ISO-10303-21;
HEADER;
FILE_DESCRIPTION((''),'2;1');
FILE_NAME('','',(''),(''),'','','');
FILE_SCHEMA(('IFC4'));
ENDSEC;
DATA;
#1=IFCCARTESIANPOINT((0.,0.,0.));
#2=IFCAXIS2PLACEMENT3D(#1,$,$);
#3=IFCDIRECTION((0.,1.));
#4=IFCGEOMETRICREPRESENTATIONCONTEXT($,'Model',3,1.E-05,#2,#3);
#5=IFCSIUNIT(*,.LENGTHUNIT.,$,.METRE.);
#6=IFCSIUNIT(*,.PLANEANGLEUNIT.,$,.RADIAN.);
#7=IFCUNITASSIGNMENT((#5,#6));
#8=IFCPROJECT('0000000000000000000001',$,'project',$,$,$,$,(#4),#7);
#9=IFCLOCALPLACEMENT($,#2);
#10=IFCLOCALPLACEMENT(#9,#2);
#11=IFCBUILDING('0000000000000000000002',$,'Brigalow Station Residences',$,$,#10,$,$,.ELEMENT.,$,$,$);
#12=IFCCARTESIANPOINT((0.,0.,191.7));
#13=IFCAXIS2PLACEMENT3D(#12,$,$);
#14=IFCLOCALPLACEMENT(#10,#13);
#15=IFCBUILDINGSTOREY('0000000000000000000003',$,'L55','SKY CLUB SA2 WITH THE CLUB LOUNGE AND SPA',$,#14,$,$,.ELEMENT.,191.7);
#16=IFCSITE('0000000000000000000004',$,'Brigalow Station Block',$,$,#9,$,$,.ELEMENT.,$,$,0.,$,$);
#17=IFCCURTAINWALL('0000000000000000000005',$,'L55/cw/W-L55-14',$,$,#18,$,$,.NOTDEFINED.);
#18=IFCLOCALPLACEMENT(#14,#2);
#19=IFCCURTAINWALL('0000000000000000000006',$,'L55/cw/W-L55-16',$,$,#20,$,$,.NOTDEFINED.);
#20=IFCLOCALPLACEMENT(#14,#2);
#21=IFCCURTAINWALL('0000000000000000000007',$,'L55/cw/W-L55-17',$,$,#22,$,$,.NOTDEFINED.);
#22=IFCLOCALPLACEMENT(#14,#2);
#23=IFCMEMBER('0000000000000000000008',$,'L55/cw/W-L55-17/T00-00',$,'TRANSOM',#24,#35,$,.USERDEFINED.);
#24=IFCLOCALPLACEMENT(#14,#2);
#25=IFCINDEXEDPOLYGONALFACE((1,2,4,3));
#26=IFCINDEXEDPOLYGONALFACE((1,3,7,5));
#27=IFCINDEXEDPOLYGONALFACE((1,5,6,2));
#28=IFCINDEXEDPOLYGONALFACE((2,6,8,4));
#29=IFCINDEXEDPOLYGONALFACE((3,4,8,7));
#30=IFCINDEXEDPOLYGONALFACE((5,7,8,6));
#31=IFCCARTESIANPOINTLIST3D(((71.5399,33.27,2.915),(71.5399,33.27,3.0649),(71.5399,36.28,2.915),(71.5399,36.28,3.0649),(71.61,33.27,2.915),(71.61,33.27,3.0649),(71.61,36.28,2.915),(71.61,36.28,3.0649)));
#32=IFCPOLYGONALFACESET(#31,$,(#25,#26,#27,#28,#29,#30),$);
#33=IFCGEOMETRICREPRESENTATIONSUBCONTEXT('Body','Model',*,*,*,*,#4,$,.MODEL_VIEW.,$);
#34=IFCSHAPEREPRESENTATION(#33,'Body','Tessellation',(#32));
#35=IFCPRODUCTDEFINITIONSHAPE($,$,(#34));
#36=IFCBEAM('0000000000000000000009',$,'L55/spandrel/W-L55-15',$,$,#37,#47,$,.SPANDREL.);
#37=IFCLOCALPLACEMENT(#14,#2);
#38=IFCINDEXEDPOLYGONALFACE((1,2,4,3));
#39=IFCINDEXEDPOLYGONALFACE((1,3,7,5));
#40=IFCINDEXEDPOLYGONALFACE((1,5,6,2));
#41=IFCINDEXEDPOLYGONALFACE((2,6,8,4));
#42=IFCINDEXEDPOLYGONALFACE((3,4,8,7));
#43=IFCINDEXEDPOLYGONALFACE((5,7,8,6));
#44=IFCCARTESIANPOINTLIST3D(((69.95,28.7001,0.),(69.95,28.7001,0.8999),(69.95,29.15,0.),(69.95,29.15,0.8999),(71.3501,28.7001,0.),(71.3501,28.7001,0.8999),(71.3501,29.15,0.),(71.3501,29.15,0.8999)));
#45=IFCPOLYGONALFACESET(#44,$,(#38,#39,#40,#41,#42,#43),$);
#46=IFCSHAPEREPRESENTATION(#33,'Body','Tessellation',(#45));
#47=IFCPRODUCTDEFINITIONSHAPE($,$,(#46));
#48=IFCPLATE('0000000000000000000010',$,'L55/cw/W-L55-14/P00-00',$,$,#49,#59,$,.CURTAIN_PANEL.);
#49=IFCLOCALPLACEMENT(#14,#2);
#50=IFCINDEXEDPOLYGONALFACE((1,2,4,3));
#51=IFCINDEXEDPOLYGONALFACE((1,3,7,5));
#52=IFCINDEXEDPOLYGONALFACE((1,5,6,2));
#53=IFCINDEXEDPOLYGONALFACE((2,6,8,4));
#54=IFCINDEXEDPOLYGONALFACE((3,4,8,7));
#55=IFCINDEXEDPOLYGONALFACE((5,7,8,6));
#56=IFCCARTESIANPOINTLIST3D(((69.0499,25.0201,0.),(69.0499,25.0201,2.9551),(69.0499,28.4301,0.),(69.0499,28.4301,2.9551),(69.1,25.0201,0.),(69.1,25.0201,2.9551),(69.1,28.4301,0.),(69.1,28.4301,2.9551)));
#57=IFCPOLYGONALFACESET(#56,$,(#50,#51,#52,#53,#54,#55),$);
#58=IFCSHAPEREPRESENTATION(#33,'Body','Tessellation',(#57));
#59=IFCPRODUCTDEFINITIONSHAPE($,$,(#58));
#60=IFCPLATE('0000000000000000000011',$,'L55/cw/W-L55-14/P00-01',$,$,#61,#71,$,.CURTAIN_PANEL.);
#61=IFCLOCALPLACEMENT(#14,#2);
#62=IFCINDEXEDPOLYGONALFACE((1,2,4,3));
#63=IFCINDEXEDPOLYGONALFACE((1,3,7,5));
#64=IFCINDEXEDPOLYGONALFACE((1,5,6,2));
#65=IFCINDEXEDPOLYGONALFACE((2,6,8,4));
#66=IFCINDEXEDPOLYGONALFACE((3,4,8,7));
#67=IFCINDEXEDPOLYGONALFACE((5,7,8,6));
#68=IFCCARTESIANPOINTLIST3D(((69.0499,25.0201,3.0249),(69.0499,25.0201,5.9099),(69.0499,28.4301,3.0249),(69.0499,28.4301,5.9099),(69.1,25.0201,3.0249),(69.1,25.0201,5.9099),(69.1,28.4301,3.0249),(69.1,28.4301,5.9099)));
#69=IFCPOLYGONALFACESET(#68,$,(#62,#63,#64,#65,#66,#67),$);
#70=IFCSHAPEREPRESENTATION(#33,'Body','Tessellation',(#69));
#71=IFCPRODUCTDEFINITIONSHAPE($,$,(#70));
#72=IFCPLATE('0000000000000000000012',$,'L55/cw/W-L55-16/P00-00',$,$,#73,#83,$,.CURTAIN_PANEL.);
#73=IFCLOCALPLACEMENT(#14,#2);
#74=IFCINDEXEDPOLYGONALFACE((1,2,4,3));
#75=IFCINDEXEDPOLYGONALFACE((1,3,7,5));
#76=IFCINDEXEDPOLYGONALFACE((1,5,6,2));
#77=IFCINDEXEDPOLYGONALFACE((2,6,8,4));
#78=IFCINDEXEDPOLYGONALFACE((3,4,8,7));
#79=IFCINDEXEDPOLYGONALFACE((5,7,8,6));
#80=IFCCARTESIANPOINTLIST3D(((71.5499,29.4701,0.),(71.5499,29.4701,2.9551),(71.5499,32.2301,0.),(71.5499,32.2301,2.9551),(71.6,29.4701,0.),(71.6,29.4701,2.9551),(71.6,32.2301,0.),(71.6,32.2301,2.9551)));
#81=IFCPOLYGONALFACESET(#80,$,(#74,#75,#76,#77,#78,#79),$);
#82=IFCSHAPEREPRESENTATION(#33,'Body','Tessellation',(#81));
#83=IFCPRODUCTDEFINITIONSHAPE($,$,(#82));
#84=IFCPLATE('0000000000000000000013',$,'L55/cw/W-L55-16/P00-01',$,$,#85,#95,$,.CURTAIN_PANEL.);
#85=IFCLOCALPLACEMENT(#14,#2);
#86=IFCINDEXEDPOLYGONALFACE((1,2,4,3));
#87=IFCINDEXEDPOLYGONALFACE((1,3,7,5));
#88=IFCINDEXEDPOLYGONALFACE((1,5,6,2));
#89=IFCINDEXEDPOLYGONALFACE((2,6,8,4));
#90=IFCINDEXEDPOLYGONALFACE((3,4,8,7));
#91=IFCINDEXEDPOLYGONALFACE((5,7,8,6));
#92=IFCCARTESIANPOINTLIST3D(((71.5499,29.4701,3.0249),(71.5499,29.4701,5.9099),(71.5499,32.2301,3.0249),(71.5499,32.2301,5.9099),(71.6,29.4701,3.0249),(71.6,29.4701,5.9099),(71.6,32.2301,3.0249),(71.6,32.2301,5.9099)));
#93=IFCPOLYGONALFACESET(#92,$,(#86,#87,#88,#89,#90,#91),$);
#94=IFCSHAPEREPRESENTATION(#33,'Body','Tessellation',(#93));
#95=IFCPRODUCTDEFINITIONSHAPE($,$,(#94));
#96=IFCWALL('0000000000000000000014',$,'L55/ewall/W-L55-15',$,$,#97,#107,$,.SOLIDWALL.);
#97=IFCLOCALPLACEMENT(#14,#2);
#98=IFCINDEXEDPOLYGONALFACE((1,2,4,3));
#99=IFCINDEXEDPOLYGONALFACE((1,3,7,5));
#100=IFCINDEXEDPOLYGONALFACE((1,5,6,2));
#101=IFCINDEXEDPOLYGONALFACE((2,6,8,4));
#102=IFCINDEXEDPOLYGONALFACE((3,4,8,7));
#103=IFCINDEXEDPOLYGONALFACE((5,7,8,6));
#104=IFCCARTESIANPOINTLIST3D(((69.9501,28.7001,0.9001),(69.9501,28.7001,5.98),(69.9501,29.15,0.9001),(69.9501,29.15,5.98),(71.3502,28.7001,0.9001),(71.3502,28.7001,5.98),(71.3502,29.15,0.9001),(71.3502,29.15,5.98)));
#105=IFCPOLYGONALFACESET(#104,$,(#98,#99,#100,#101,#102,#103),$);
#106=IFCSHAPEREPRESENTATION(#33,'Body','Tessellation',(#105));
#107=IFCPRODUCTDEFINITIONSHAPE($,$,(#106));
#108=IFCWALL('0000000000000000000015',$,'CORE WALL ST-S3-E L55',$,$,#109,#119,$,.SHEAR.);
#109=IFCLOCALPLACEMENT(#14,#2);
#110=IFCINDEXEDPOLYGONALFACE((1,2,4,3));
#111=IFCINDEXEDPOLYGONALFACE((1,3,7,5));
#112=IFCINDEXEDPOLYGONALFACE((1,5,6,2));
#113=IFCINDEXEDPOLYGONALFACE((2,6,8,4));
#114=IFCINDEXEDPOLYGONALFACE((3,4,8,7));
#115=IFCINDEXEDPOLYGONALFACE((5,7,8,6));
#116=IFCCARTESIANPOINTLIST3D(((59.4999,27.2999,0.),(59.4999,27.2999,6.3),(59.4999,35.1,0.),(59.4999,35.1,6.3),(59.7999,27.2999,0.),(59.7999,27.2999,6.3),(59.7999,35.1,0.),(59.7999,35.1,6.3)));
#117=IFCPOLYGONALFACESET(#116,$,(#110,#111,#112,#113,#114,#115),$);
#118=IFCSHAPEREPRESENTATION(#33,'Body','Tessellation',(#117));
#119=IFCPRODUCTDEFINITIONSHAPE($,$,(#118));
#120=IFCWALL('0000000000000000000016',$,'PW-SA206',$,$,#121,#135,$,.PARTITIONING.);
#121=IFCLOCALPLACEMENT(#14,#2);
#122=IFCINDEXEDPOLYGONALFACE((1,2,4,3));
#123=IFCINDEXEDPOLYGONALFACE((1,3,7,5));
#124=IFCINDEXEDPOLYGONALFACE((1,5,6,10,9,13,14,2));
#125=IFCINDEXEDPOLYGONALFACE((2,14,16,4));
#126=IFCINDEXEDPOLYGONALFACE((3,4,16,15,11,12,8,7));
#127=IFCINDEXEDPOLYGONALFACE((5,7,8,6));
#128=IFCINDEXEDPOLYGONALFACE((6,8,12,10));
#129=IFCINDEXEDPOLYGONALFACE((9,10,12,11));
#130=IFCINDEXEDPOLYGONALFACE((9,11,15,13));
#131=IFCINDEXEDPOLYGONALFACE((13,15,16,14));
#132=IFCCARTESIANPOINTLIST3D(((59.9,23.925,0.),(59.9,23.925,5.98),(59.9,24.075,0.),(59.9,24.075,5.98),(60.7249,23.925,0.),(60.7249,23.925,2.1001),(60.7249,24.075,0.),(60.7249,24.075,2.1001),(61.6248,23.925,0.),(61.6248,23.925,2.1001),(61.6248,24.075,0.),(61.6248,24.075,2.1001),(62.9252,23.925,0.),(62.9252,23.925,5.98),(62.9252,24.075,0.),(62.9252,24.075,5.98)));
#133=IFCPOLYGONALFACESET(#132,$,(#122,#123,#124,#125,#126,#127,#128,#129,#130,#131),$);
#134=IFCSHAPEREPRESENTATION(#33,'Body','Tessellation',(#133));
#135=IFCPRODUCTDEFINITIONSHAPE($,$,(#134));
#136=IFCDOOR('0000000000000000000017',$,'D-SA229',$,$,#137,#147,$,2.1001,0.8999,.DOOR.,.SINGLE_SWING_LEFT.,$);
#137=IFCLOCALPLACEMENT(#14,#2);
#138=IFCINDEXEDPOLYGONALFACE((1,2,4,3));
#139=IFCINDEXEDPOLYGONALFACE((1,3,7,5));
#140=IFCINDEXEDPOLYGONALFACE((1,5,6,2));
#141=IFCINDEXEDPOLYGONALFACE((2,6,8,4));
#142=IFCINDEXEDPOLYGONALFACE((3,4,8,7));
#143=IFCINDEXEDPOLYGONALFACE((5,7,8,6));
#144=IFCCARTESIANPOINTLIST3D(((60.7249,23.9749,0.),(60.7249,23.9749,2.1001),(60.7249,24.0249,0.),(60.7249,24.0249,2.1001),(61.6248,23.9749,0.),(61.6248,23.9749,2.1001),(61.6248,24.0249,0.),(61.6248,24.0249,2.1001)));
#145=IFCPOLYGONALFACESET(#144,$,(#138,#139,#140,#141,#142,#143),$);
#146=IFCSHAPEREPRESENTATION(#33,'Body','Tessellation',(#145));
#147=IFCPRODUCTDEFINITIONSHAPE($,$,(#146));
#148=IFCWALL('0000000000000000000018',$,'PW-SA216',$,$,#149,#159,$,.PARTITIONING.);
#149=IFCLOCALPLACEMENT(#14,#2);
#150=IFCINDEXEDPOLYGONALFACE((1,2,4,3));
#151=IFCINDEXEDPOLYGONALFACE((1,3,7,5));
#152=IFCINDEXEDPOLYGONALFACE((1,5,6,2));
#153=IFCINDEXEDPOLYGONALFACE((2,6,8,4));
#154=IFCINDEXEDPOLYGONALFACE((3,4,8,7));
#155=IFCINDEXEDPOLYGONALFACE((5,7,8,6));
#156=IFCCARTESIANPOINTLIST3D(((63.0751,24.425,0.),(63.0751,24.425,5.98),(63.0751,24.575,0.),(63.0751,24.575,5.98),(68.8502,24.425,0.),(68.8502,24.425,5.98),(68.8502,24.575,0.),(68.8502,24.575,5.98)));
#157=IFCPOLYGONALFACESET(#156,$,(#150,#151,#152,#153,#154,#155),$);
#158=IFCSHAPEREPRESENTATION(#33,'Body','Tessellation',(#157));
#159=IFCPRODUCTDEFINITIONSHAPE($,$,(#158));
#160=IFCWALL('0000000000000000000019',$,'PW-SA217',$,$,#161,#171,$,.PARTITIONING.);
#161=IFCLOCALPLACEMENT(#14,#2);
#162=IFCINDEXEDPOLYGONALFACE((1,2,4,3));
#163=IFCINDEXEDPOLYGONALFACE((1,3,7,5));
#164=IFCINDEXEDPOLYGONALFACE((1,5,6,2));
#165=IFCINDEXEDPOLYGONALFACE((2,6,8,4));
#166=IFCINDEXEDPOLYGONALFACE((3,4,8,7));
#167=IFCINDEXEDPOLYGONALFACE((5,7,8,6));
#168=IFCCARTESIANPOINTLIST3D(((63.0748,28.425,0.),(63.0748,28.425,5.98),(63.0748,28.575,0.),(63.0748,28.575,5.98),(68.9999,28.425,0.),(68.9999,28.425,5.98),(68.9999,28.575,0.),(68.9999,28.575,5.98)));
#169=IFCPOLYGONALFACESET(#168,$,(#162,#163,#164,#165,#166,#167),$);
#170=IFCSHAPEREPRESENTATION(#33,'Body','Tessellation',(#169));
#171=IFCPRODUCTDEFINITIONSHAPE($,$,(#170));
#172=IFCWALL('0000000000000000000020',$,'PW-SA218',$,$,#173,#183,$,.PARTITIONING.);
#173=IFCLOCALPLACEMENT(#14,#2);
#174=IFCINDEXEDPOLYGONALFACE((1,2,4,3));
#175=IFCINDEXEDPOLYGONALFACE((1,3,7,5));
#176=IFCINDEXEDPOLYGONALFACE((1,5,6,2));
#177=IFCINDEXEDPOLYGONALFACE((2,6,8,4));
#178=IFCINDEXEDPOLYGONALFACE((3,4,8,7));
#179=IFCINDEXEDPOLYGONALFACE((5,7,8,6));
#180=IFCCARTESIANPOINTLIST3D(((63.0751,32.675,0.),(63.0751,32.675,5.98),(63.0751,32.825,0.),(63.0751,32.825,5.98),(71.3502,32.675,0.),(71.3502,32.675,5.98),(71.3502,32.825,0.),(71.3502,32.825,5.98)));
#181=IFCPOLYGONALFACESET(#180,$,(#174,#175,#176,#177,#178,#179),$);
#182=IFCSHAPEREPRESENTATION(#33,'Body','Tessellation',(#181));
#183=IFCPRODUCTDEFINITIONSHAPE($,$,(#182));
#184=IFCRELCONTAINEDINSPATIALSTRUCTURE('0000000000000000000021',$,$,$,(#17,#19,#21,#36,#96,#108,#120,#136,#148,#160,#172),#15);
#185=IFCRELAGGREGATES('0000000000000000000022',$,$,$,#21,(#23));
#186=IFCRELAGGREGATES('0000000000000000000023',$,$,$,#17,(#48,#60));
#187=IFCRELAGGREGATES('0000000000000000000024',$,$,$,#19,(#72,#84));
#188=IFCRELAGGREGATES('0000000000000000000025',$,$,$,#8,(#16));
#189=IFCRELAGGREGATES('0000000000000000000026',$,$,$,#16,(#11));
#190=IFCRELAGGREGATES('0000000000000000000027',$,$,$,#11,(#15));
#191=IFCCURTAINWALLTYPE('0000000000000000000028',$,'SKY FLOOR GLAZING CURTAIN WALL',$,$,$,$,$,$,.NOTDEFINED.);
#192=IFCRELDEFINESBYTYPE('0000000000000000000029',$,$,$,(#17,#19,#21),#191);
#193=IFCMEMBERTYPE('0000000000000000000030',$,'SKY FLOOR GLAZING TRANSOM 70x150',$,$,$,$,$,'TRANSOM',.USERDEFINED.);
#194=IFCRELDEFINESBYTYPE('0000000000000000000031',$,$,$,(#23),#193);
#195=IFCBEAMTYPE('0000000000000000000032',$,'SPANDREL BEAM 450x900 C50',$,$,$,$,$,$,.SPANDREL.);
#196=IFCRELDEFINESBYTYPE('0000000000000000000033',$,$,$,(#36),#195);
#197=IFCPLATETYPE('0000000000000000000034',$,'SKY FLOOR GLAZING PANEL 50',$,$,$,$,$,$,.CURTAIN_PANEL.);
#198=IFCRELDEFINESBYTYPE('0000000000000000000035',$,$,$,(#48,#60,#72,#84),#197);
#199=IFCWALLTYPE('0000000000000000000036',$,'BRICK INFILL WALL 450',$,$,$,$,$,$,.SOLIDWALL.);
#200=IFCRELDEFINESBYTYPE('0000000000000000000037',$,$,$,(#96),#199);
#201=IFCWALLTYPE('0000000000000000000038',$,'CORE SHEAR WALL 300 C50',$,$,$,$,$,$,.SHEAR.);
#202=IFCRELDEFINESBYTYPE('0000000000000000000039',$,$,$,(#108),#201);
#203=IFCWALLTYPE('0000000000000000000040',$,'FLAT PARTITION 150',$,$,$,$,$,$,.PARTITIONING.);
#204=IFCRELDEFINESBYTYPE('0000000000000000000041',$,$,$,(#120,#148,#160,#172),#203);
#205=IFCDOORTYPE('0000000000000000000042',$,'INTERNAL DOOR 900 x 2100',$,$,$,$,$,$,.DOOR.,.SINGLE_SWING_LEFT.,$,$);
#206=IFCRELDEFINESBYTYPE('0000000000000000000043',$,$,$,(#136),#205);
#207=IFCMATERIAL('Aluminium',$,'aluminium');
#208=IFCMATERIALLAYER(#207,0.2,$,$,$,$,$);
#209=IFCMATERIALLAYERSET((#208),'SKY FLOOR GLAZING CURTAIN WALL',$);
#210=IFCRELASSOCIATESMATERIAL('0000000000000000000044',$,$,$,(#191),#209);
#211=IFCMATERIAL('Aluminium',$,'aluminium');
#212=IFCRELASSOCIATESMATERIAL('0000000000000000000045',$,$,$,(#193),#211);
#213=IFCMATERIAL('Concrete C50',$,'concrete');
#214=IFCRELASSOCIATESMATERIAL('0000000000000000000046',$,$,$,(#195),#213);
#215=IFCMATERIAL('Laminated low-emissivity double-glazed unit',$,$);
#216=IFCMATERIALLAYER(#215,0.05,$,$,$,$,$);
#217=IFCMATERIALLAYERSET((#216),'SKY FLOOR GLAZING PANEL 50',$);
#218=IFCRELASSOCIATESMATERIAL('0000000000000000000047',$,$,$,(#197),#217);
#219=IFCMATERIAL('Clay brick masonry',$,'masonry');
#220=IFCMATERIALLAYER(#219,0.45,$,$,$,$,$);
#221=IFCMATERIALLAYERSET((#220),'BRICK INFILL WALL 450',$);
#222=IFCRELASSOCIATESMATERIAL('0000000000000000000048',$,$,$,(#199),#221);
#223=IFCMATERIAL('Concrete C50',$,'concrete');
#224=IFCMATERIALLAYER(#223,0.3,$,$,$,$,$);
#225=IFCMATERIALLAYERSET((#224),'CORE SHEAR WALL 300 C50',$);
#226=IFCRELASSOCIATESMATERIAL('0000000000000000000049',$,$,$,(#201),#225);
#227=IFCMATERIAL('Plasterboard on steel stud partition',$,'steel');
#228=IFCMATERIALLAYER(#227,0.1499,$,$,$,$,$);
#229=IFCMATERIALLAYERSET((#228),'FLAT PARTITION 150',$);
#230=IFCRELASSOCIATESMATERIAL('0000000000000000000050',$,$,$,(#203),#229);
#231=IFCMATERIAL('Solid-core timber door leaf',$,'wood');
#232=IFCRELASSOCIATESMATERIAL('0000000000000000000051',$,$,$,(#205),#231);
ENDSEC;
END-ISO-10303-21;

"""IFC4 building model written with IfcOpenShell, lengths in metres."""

from ifc_helpers import new_model, si_unit, direction, frame, frame_2d, origin, origin_2d, place, context, subcontext, project, spatial, rectangle, extrude, material, layer, layer_set, material_profile, profile_set, type_object, element, fill, aggregate, save


model = new_model("IFC4")

# Units and contexts
model_context = context("Model", 3, precision=1e-05, world=origin(), true_north=direction((0.0, 1.0)))
body_context = subcontext(model_context, "Body", "Model", "MODEL_VIEW")
ifc_project = project(units=[si_unit("LENGTHUNIT", "METRE"), si_unit("PLANEANGLEUNIT", "RADIAN")], contexts=[model_context])

# Site, building, storey
site_placement = place(None, origin())
site = spatial("IfcSite", under=ifc_project, at=site_placement, Name="Brigalow Station Block", CompositionType="ELEMENT", RefElevation=0.0)
building_placement = place(site_placement, origin())
building = spatial("IfcBuilding", under=site, at=building_placement, Name="Brigalow Station Residences", CompositionType="ELEMENT")
storey_placement = place(building_placement, frame((0.0, 0.0, 191.7)))
storey = spatial("IfcBuildingStorey", under=building, at=storey_placement, Name="L55", Description="SKY CLUB SA2 WITH THE CLUB LOUNGE AND SPA", CompositionType="ELEMENT", Elevation=191.7)

# Shared definitions
ifc_material_1 = material(Name="Aluminium", Category="aluminium")
ifc_layer_1 = layer(ifc_material_1, 0.2)
ifc_layer_set_1 = layer_set([ifc_layer_1], Name="SKY FLOOR GLAZING CURTAIN WALL")
curtain_wall_type = type_object("IfcCurtainWallType", Name="SKY FLOOR GLAZING CURTAIN WALL", PredefinedType="NOTDEFINED", material=ifc_layer_set_1)

# Curtain walls
curtain_wall_1_placement = place(storey_placement, origin())
curtain_wall_1 = element("IfcCurtainWall", 1, at=curtain_wall_1_placement, inside=storey, type_object=curtain_wall_type, Name="L55/cw/W-L55-14", PredefinedType="NOTDEFINED")
curtain_wall_2_placement = place(storey_placement, origin())
curtain_wall_2 = element("IfcCurtainWall", 2, at=curtain_wall_2_placement, inside=storey, type_object=curtain_wall_type, Name="L55/cw/W-L55-16", PredefinedType="NOTDEFINED")

# Curtain wall
curtain_wall_3_placement = place(storey_placement, origin())
curtain_wall_3 = element("IfcCurtainWall", 3, at=curtain_wall_3_placement, inside=storey, type_object=curtain_wall_type, Name="L55/cw/W-L55-17", PredefinedType="NOTDEFINED")

# Member
ifc_material_2 = material(Name="Aluminium", Category="aluminium")
ifc_material_profile_1 = material_profile(ifc_material_2, rectangle(XDim=0.0701, YDim=0.1499, at=origin_2d()), Name="SKY FLOOR GLAZING TRANSOM 70x150")
ifc_profile_set_1 = profile_set([ifc_material_profile_1], Name="Aluminium")
member_type_1 = type_object("IfcMemberType", Name="SKY FLOOR GLAZING TRANSOM 70x150", ElementType="TRANSOM", PredefinedType="USERDEFINED", material=ifc_profile_set_1)
member_1_placement = place(storey_placement, frame((71.575, 33.27, 2.99), z_axis=(0.0, 1.0, 0.0), x_axis=(-1.0, 0.0, 0.0)))
member_1 = element("IfcMember", 4, at=member_1_placement, type_object=member_type_1, Name="L55/cw/W-L55-17/T00-00", ObjectType="TRANSOM", PredefinedType="USERDEFINED", context=body_context, shape_type="SweptSolid", body=[
    extrude(rectangle(XDim=0.0701, YDim=0.1499, at=origin_2d()), origin(), (0.0, 0.0, 1.0), 3.01),
])
aggregate(curtain_wall_3, [member_1])

# Beam
ifc_material_3 = material(Name="Concrete C50", Category="concrete")
ifc_material_profile_2 = material_profile(ifc_material_3, rectangle(XDim=0.45, YDim=0.8999, at=origin_2d()), Name="RC450x900")
ifc_profile_set_2 = profile_set([ifc_material_profile_2], Name="Concrete C50")
beam_type = type_object("IfcBeamType", Name="SPANDREL BEAM 450x900 C50", PredefinedType="SPANDREL", material=ifc_profile_set_2)
beam_placement = place(storey_placement, frame((69.95, 28.925, 0.45), z_axis=(1.0, 0.0, 0.0), x_axis=(0.0, 1.0, 0.0)))
element("IfcBeam", 5, at=beam_placement, inside=storey, type_object=beam_type, Name="L55/spandrel/W-L55-15", PredefinedType="SPANDREL", context=body_context, shape_type="SweptSolid", body=[
    extrude(rectangle(XDim=0.45, YDim=0.8999, at=origin_2d()), origin(), (0.0, 0.0, 1.0), 1.4001),
])

# Plates
ifc_material_4 = material(Name="Laminated low-emissivity double-glazed unit")
ifc_layer_2 = layer(ifc_material_4, 0.05)
ifc_layer_set_2 = layer_set([ifc_layer_2], Name="SKY FLOOR GLAZING PANEL 50")
plate_type = type_object("IfcPlateType", Name="SKY FLOOR GLAZING PANEL 50", PredefinedType="CURTAIN_PANEL", material=ifc_layer_set_2)
plate_1_placement = place(storey_placement, frame((69.075, 26.7251, 0.0), z_axis=(0.0, 0.0, 1.0), x_axis=(0.0, 1.0, 0.0)))
plate_1 = element("IfcPlate", 6, at=plate_1_placement, type_object=plate_type, Name="L55/cw/W-L55-14/P00-00", PredefinedType="CURTAIN_PANEL", context=body_context, shape_type="SweptSolid", body=[
    extrude(rectangle(XDim=3.4099, YDim=0.05, at=origin_2d()), origin(), (0.0, 0.0, 1.0), 2.9551),
])
plate_2_placement = place(storey_placement, frame((69.075, 26.7251, 3.0249), z_axis=(0.0, 0.0, 1.0), x_axis=(0.0, 1.0, 0.0)))
plate_2 = element("IfcPlate", 7, at=plate_2_placement, type_object=plate_type, Name="L55/cw/W-L55-14/P00-01", PredefinedType="CURTAIN_PANEL", context=body_context, shape_type="SweptSolid", body=[
    extrude(rectangle(XDim=3.4099, YDim=0.05, at=origin_2d()), origin(), (0.0, 0.0, 1.0), 2.885),
])
aggregate(curtain_wall_1, [plate_1, plate_2])
plate_3_placement = place(storey_placement, frame((71.575, 30.8501, 0.0), z_axis=(0.0, 0.0, 1.0), x_axis=(0.0, 1.0, 0.0)))
plate_3 = element("IfcPlate", 8, at=plate_3_placement, type_object=plate_type, Name="L55/cw/W-L55-16/P00-00", PredefinedType="CURTAIN_PANEL", context=body_context, shape_type="SweptSolid", body=[
    extrude(rectangle(XDim=2.76, YDim=0.05, at=origin_2d()), origin(), (0.0, 0.0, 1.0), 2.9551),
])
plate_4_placement = place(storey_placement, frame((71.575, 30.8501, 3.0249), z_axis=(0.0, 0.0, 1.0), x_axis=(0.0, 1.0, 0.0)))
plate_4 = element("IfcPlate", 9, at=plate_4_placement, type_object=plate_type, Name="L55/cw/W-L55-16/P00-01", PredefinedType="CURTAIN_PANEL", context=body_context, shape_type="SweptSolid", body=[
    extrude(rectangle(XDim=2.76, YDim=0.05, at=origin_2d()), origin(), (0.0, 0.0, 1.0), 2.885),
])
aggregate(curtain_wall_2, [plate_3, plate_4])

# Walls
ifc_material_5 = material(Name="Clay brick masonry", Category="masonry")
ifc_layer_3 = layer(ifc_material_5, 0.45)
ifc_layer_set_3 = layer_set([ifc_layer_3], Name="BRICK INFILL WALL 450")
wall_type_1 = type_object("IfcWallType", Name="BRICK INFILL WALL 450", PredefinedType="SOLIDWALL", material=ifc_layer_set_3)
wall_1_placement = place(storey_placement, frame((69.95, 28.925, 0.9001), z_axis=(0.0, 0.0, 1.0), x_axis=(1.0, 0.0, 0.0)))
element("IfcWall", 10, at=wall_1_placement, inside=storey, type_object=wall_type_1, Name="L55/ewall/W-L55-15", PredefinedType="SOLIDWALL", context=body_context, shape_type="SweptSolid", body=[
    extrude(rectangle(XDim=1.4001, YDim=0.45, at=frame_2d((0.7002, 0.0))), origin(), (0.0, 0.0, 1.0), 5.0798),
])
ifc_material_6 = material(Name="Concrete C50", Category="concrete")
ifc_layer_4 = layer(ifc_material_6, 0.3)
ifc_layer_set_4 = layer_set([ifc_layer_4], Name="CORE SHEAR WALL 300 C50")
wall_type_2 = type_object("IfcWallType", Name="CORE SHEAR WALL 300 C50", PredefinedType="SHEAR", material=ifc_layer_set_4)
wall_2_placement = place(storey_placement, frame((59.6499, 27.3, 0.0), z_axis=(0.0, 0.0, 1.0), x_axis=(0.0, 1.0, 0.0)))
element("IfcWall", 11, at=wall_2_placement, inside=storey, type_object=wall_type_2, Name="CORE WALL ST-S3-E L55", PredefinedType="SHEAR", context=body_context, shape_type="SweptSolid", body=[
    extrude(rectangle(XDim=7.8, YDim=0.3, at=frame_2d((3.8999, 0.0))), origin(), (0.0, 0.0, 1.0), 6.3),
])

# Wall, opening, door
ifc_material_7 = material(Name="Plasterboard on steel stud partition", Category="steel")
ifc_layer_5 = layer(ifc_material_7, 0.1499)
ifc_layer_set_5 = layer_set([ifc_layer_5], Name="FLAT PARTITION 150")
wall_type_3 = type_object("IfcWallType", Name="FLAT PARTITION 150", PredefinedType="PARTITIONING", material=ifc_layer_set_5)
wall_3_placement = place(storey_placement, frame((59.8999, 24.0, 0.0), z_axis=(0.0, 0.0, 1.0), x_axis=(1.0, 0.0, 0.0)))
wall_3 = element("IfcWall", 12, at=wall_3_placement, inside=storey, type_object=wall_type_3, Name="PW-SA206", PredefinedType="PARTITIONING", context=body_context, shape_type="SweptSolid", body=[
    extrude(rectangle(XDim=3.0251, YDim=0.1499, at=frame_2d((1.5127, 0.0))), origin(), (0.0, 0.0, 1.0), 5.98),
])
opening_1_placement = place(wall_3_placement, frame((0.825, 0.0, 0.0)))
opening_1 = element("IfcOpeningElement", 13, at=opening_1_placement, cuts=wall_3, PredefinedType="OPENING", context=body_context, shape_type="SweptSolid", body=[
    extrude(rectangle(XDim=0.8999, YDim=2.1001, at=frame_2d((0.45, 1.05))), frame((0.0, 0.085, 0.0), z_axis=(0.0, -1.0, 0.0), x_axis=(1.0, 0.0, 0.0)), (0.0, 0.0, 1.0), 0.1699),
])
ifc_material_8 = material(Name="Solid-core timber door leaf", Category="wood")
door_type = type_object("IfcDoorType", Name="INTERNAL DOOR 900 x 2100", OperationType="SINGLE_SWING_LEFT", PredefinedType="DOOR", material=ifc_material_8)
door_1_placement = place(opening_1_placement, origin())
door_1 = element("IfcDoor", 14, at=door_1_placement, inside=storey, type_object=door_type, Name="D-SA229", OperationType="SINGLE_SWING_LEFT", OverallHeight=2.1001, OverallWidth=0.8999, PredefinedType="DOOR", context=body_context, shape_type="SweptSolid", body=[
    extrude(rectangle(XDim=0.8999, YDim=2.1001, at=frame_2d((0.45, 1.05))), frame((0.0, 0.0249, 0.0), z_axis=(0.0, -1.0, 0.0), x_axis=(1.0, 0.0, 0.0)), (0.0, 0.0, 1.0), 0.05),
])
fill(opening_1, door_1)

# Walls
wall_4_placement = place(storey_placement, frame((63.075, 24.5, 0.0), z_axis=(0.0, 0.0, 1.0), x_axis=(1.0, 0.0, 0.0)))
element("IfcWall", 15, at=wall_4_placement, inside=storey, type_object=wall_type_3, Name="PW-SA216", PredefinedType="PARTITIONING", context=body_context, shape_type="SweptSolid", body=[
    extrude(rectangle(XDim=5.7751, YDim=0.1499, at=frame_2d((2.8877, 0.0))), origin(), (0.0, 0.0, 1.0), 5.98),
])
wall_5_placement = place(storey_placement, frame((63.075, 28.5, 0.0), z_axis=(0.0, 0.0, 1.0), x_axis=(1.0, 0.0, 0.0)))
element("IfcWall", 16, at=wall_5_placement, inside=storey, type_object=wall_type_3, Name="PW-SA217", PredefinedType="PARTITIONING", context=body_context, shape_type="SweptSolid", body=[
    extrude(rectangle(XDim=5.925, YDim=0.1499, at=frame_2d((2.9624, 0.0))), origin(), (0.0, 0.0, 1.0), 5.98),
])
wall_6_placement = place(storey_placement, frame((63.075, 32.75, 0.0), z_axis=(0.0, 0.0, 1.0), x_axis=(1.0, 0.0, 0.0)))
element("IfcWall", 17, at=wall_6_placement, inside=storey, type_object=wall_type_3, Name="PW-SA218", PredefinedType="PARTITIONING", context=body_context, shape_type="SweptSolid", body=[
    extrude(rectangle(XDim=8.2751, YDim=0.1499, at=frame_2d((4.1377, 0.0))), origin(), (0.0, 0.0, 1.0), 5.98),
])

save(model, "model.ifc")
